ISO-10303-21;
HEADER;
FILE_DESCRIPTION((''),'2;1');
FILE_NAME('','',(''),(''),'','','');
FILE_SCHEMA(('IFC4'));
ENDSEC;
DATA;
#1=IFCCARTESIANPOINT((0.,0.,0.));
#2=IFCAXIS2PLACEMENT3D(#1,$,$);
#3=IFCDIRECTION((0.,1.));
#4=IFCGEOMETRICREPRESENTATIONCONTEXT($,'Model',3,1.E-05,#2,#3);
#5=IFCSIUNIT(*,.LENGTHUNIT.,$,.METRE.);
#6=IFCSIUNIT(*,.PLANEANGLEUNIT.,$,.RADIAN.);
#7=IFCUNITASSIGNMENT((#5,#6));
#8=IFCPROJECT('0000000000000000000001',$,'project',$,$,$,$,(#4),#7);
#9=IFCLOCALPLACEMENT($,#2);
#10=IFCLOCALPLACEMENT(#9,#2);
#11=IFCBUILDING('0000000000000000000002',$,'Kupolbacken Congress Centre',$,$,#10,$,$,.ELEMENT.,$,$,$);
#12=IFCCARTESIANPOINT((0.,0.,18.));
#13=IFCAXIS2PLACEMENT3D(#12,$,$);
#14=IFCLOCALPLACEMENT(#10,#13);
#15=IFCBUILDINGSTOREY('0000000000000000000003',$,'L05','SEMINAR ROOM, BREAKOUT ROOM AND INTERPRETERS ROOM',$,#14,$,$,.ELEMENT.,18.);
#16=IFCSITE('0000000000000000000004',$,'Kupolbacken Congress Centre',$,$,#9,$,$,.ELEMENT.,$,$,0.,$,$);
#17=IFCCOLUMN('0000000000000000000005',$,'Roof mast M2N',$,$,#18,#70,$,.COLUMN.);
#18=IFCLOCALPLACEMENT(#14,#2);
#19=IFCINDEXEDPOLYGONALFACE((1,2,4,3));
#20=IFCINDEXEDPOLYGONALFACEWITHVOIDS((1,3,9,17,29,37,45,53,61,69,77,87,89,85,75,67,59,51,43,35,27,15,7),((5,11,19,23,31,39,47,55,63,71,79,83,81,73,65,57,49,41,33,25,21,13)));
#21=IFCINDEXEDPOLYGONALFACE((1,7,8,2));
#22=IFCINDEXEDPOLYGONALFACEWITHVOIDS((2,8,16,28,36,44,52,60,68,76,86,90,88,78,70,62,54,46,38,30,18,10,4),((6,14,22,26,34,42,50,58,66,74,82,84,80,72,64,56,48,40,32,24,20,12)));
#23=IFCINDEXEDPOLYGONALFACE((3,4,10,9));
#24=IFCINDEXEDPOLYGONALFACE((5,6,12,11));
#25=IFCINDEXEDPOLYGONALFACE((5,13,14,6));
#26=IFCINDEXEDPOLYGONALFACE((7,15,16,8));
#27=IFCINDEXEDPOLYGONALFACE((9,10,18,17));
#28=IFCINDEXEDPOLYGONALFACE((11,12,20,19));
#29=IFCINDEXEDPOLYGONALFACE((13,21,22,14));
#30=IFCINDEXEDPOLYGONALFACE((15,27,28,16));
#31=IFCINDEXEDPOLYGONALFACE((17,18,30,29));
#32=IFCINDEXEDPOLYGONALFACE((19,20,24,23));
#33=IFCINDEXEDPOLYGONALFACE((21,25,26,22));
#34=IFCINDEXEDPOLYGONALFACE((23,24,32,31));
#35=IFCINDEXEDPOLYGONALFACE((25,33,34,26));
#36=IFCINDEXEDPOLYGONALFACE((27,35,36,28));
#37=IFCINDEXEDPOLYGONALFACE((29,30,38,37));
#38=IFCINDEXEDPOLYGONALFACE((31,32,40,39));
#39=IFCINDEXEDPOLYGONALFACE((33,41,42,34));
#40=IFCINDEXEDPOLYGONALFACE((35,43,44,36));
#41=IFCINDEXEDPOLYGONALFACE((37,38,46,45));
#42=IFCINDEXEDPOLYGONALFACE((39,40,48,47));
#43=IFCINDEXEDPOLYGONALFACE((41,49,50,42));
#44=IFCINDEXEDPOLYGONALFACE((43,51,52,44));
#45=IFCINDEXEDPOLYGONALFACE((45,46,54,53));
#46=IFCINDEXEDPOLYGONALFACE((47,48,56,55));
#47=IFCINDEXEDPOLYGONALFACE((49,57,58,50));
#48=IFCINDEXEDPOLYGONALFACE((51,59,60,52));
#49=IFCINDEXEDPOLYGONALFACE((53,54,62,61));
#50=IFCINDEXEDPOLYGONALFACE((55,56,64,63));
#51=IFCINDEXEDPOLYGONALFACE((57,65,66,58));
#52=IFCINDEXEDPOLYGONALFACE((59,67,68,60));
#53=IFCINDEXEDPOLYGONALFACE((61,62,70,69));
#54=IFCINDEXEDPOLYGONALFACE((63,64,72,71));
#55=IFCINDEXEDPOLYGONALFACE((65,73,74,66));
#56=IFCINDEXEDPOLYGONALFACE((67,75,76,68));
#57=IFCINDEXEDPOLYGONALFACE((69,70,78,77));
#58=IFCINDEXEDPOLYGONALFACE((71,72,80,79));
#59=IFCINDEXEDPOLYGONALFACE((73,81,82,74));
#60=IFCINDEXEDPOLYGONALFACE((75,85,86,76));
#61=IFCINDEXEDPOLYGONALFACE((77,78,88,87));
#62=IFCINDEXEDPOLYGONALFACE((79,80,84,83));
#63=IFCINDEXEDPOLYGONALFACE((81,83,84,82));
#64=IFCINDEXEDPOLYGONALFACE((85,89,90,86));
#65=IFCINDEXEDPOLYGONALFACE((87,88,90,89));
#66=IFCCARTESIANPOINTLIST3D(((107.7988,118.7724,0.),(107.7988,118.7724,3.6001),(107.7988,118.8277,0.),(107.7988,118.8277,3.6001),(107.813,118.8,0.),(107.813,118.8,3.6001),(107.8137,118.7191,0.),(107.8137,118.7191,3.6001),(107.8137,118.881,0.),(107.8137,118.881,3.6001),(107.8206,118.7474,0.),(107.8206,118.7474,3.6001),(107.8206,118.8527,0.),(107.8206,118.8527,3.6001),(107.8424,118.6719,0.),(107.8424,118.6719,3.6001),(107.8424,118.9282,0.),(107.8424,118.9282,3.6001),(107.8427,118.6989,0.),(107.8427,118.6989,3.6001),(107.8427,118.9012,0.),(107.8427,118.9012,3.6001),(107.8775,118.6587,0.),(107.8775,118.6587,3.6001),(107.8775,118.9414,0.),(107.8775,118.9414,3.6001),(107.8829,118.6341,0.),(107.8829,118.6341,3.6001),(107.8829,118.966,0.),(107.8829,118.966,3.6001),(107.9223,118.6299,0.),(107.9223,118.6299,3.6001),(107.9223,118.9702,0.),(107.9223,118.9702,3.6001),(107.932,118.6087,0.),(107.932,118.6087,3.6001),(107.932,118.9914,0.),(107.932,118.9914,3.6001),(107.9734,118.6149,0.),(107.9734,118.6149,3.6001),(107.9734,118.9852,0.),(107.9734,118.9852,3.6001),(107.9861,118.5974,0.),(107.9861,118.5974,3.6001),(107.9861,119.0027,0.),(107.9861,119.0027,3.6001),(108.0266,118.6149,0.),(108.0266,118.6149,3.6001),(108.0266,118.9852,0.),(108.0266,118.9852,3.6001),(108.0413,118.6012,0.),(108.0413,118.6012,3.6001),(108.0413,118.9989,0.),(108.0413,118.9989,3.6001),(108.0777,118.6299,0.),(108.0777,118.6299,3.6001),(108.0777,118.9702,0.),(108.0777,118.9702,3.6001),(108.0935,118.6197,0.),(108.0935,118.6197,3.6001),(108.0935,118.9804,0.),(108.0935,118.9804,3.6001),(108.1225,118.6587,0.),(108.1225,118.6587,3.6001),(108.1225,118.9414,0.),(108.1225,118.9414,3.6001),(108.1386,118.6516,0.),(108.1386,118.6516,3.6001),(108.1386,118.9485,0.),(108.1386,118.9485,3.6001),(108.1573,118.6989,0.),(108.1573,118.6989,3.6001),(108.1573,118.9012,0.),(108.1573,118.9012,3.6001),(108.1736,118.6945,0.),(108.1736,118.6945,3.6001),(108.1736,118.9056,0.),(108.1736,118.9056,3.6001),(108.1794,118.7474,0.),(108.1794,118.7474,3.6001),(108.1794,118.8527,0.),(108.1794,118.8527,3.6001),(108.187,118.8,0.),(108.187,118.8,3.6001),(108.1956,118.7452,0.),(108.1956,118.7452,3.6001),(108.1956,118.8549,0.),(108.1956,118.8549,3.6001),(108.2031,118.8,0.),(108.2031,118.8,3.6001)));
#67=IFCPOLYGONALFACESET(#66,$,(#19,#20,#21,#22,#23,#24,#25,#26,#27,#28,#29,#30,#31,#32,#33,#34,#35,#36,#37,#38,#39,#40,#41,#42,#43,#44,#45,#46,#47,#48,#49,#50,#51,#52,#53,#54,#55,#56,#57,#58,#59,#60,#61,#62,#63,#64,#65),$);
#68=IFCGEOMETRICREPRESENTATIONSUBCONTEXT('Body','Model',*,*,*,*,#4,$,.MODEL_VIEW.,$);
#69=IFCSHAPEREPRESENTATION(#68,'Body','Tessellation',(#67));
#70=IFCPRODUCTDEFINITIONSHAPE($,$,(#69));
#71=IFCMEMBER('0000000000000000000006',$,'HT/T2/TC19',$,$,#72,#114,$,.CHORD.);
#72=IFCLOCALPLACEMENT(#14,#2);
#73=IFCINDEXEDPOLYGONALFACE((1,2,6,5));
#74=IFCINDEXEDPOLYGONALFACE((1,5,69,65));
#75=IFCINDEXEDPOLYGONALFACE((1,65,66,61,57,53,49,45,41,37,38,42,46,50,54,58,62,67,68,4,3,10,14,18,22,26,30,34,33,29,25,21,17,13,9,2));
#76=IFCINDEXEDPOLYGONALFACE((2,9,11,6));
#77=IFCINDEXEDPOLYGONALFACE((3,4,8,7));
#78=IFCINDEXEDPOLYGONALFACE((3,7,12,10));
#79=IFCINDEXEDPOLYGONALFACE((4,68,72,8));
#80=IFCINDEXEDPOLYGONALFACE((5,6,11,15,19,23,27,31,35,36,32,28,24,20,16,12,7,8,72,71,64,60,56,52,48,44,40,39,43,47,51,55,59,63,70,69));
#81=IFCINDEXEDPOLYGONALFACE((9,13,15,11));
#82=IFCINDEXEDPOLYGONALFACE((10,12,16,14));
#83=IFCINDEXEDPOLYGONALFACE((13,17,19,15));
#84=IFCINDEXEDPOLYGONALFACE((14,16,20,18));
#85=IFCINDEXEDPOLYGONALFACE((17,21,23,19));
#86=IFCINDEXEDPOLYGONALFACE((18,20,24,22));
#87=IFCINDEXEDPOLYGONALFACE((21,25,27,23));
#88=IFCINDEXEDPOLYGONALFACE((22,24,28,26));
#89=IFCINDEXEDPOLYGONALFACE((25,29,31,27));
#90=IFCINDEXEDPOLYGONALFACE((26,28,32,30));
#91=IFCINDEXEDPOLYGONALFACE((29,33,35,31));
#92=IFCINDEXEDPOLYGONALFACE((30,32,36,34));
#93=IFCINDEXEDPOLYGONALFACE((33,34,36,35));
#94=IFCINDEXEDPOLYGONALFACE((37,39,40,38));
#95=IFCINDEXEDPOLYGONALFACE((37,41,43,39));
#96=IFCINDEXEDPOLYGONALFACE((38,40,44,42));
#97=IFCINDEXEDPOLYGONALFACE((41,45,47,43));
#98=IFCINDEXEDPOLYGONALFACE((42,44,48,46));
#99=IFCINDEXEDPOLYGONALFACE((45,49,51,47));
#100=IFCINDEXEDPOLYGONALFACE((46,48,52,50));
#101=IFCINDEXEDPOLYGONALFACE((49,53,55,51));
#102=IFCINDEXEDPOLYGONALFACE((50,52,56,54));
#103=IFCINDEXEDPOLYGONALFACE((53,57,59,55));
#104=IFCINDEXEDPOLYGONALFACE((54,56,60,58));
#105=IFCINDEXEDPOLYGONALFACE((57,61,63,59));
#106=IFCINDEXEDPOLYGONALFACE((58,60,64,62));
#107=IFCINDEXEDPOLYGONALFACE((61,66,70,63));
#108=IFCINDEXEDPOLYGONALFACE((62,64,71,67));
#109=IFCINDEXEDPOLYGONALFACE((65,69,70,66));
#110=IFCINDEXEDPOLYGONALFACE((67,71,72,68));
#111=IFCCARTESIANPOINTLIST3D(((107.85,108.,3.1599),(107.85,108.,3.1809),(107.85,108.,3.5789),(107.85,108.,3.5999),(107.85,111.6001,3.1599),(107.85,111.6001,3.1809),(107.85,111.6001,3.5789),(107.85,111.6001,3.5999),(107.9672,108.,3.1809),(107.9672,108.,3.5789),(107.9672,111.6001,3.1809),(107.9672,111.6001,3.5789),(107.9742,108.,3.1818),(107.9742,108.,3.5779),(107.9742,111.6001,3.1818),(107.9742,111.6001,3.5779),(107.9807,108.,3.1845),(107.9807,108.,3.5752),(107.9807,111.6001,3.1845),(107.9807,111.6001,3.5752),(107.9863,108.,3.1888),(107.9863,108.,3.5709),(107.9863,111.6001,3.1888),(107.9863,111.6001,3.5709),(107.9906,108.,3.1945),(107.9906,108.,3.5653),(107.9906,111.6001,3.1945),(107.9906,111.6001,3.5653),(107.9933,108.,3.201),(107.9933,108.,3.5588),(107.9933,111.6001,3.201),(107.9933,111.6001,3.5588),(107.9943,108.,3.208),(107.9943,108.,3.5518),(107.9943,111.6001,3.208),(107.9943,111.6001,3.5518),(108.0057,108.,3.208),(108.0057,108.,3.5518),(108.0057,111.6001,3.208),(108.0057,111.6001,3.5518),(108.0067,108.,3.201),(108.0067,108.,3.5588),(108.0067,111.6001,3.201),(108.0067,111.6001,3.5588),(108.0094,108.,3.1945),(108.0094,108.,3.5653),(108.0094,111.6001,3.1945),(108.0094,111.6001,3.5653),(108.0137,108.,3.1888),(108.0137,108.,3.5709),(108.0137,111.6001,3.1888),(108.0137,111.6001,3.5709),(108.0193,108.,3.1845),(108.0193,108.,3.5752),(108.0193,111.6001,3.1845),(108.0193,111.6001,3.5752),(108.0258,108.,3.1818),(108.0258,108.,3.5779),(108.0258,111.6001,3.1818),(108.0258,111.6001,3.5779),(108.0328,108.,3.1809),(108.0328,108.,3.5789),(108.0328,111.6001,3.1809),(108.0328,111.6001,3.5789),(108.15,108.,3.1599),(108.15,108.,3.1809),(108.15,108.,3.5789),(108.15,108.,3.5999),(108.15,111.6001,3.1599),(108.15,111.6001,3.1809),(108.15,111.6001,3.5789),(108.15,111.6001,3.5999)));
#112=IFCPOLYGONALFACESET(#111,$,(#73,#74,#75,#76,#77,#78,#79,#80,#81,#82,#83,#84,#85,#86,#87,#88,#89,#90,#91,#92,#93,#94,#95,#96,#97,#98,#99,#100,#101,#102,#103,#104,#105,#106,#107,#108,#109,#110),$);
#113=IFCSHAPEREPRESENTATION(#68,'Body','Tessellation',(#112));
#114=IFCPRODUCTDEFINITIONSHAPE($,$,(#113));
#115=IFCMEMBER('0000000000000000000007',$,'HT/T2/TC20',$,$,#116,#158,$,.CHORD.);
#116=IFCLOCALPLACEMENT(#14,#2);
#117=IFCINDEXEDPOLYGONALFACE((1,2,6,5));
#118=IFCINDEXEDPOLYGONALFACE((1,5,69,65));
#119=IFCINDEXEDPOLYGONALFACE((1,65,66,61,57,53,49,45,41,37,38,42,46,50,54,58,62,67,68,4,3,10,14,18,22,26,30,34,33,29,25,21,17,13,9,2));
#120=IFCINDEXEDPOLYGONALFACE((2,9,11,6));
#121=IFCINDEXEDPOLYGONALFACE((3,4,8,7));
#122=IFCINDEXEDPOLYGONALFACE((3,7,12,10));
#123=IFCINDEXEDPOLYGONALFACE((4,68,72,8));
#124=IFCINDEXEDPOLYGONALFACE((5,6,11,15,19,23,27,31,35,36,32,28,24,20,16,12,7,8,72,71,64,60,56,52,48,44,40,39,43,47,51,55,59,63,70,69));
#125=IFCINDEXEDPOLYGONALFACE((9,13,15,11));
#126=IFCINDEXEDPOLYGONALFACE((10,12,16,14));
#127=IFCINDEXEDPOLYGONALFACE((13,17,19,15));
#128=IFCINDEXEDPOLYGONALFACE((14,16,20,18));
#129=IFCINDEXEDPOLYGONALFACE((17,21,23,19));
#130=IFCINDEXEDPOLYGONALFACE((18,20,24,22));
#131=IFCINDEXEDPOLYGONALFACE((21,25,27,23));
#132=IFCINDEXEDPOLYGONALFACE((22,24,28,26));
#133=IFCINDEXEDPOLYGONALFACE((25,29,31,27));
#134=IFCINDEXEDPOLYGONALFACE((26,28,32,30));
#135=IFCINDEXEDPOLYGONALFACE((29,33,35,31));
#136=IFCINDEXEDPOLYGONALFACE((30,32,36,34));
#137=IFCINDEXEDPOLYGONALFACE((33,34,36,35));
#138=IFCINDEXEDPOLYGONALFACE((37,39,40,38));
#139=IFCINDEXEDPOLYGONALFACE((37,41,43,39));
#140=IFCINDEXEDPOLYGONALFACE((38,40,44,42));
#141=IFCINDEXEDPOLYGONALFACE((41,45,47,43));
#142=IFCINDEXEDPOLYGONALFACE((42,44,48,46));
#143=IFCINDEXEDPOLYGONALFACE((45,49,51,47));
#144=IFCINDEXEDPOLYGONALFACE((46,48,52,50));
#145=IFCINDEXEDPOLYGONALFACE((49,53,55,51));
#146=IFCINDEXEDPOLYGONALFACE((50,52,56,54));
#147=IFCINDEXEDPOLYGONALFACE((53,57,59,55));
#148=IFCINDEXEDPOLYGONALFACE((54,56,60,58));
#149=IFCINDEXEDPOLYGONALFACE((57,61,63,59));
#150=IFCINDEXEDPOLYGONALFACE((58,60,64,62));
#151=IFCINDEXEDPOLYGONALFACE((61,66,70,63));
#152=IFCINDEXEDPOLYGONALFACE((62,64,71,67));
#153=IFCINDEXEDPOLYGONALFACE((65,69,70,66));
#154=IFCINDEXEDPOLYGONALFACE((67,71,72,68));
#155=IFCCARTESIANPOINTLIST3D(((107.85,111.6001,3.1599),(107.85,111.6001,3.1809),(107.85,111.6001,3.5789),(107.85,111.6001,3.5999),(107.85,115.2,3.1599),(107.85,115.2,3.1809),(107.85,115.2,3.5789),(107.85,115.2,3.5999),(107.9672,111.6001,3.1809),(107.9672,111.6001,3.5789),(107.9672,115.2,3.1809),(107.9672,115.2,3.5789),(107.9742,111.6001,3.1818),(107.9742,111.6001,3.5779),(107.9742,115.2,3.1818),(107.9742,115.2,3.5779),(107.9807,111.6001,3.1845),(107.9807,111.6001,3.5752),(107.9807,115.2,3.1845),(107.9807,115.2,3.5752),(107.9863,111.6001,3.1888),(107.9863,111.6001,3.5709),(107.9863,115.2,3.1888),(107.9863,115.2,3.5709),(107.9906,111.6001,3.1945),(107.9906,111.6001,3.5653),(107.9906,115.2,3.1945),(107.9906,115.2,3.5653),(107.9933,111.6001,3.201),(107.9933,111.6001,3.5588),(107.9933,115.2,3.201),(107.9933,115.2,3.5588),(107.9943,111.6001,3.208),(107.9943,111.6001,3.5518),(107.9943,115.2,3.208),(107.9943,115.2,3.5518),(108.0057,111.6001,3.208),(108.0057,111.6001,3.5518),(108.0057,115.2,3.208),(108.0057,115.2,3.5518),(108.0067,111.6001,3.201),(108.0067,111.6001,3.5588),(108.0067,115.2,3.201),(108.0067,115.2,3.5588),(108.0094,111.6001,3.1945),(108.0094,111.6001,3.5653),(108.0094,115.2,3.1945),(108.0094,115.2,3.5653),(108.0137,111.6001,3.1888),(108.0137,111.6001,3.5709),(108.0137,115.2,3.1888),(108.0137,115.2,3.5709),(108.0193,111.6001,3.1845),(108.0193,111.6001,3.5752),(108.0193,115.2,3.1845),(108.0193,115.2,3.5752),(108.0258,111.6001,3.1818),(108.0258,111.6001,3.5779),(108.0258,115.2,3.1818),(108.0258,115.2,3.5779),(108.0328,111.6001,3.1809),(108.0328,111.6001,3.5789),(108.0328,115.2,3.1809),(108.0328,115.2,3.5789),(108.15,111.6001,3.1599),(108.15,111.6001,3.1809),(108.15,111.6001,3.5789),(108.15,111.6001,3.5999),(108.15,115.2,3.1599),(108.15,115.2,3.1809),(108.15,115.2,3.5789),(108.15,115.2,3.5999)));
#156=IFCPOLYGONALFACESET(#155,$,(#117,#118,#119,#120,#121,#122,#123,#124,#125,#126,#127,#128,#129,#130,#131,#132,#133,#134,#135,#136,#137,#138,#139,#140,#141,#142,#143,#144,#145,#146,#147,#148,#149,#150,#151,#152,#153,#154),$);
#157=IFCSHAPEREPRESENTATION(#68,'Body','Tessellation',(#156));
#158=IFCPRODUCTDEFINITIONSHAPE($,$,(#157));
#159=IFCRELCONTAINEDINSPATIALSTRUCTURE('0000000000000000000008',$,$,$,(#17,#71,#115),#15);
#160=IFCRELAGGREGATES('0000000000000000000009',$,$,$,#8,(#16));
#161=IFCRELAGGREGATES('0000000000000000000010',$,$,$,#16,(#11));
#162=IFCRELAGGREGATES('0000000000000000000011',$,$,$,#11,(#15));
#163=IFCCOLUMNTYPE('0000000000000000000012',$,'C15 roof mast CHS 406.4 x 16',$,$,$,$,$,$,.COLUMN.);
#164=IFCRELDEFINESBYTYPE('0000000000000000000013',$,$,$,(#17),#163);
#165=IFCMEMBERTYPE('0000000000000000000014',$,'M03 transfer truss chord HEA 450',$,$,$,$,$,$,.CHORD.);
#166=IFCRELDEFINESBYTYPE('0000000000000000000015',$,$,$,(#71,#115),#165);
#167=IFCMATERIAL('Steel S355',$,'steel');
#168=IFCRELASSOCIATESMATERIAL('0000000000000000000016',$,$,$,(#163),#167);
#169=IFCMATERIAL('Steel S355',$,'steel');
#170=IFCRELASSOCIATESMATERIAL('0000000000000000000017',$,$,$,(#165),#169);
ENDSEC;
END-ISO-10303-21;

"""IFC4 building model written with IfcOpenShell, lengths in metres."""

from ifc_helpers import new_model, si_unit, direction, frame, origin, origin_2d, place, context, subcontext, project, spatial, hollow_circle, i_section, extrude, material, material_profile, profile_set, type_object, element, save


model = new_model("IFC4")

# Units and contexts
model_context = context("Model", 3, precision=1e-05, world=origin(), true_north=direction((0.0, 1.0)))
body_context = subcontext(model_context, "Body", "Model", "MODEL_VIEW")
ifc_project = project(units=[si_unit("LENGTHUNIT", "METRE"), si_unit("PLANEANGLEUNIT", "RADIAN")], contexts=[model_context])

# Site, building, storey
site_placement = place(None, origin())
site = spatial("IfcSite", under=ifc_project, at=site_placement, Name="Kupolbacken Congress Centre", CompositionType="ELEMENT", RefElevation=0.0)
building_placement = place(site_placement, origin())
building = spatial("IfcBuilding", under=site, at=building_placement, Name="Kupolbacken Congress Centre", CompositionType="ELEMENT")
storey_placement = place(building_placement, frame((0.0, 0.0, 18.0)))
storey = spatial("IfcBuildingStorey", under=building, at=storey_placement, Name="L05", Description="SEMINAR ROOM, BREAKOUT ROOM AND INTERPRETERS ROOM", CompositionType="ELEMENT", Elevation=18.0)

# Column
ifc_material_1 = material(Name="Steel S355", Category="steel")
ifc_material_profile_1 = material_profile(ifc_material_1, hollow_circle(Radius=0.2031, WallThickness=0.0161, at=origin_2d()), Name="CHS 406.4 x 16")
ifc_profile_set_1 = profile_set([ifc_material_profile_1], Name="Steel S355")
column_type = type_object("IfcColumnType", Name="C15 roof mast CHS 406.4 x 16", PredefinedType="COLUMN", material=ifc_profile_set_1)
column_placement = place(storey_placement, frame((108.0, 118.8, 0.0), z_axis=(0.0, 0.0, 1.0), x_axis=(1.0, 0.0, 0.0)))
element("IfcColumn", 1, at=column_placement, inside=storey, type_object=column_type, Name="Roof mast M2N", PredefinedType="COLUMN", context=body_context, shape_type="SweptSolid", body=[
    extrude(hollow_circle(Radius=0.2031, WallThickness=0.0161, at=origin_2d()), origin(), (0.0, 0.0, 1.0), 3.6001),
])

# Members
ifc_material_2 = material(Name="Steel S355", Category="steel")
ifc_material_profile_2 = material_profile(ifc_material_2, i_section(OverallWidth=0.3, OverallDepth=0.4399, WebThickness=0.0115, FlangeThickness=0.021, FilletRadius=0.0271, at=origin_2d()), Name="HEA 450")
ifc_profile_set_2 = profile_set([ifc_material_profile_2], Name="Steel S355")
member_type_1 = type_object("IfcMemberType", Name="M03 transfer truss chord HEA 450", PredefinedType="CHORD", material=ifc_profile_set_2)
member_1_placement = place(storey_placement, frame((108.0, 108.0, 3.3799), z_axis=(0.0, 1.0, 0.0), x_axis=(-1.0, 0.0, 0.0)))
element("IfcMember", 2, at=member_1_placement, inside=storey, type_object=member_type_1, Name="HT/T2/TC19", PredefinedType="CHORD", context=body_context, shape_type="SweptSolid", body=[
    extrude(i_section(OverallWidth=0.3, OverallDepth=0.4399, WebThickness=0.0115, FlangeThickness=0.021, FilletRadius=0.0271, at=origin_2d()), origin(), (0.0, 0.0, 1.0), 3.6001),
])
member_2_placement = place(storey_placement, frame((108.0, 111.6001, 3.3799), z_axis=(0.0, 1.0, 0.0), x_axis=(-1.0, 0.0, 0.0)))
element("IfcMember", 3, at=member_2_placement, inside=storey, type_object=member_type_1, Name="HT/T2/TC20", PredefinedType="CHORD", context=body_context, shape_type="SweptSolid", body=[
    extrude(i_section(OverallWidth=0.3, OverallDepth=0.4399, WebThickness=0.0115, FlangeThickness=0.021, FilletRadius=0.0271, at=origin_2d()), origin(), (0.0, 0.0, 1.0), 3.5999),
])

save(model, "model.ifc")
